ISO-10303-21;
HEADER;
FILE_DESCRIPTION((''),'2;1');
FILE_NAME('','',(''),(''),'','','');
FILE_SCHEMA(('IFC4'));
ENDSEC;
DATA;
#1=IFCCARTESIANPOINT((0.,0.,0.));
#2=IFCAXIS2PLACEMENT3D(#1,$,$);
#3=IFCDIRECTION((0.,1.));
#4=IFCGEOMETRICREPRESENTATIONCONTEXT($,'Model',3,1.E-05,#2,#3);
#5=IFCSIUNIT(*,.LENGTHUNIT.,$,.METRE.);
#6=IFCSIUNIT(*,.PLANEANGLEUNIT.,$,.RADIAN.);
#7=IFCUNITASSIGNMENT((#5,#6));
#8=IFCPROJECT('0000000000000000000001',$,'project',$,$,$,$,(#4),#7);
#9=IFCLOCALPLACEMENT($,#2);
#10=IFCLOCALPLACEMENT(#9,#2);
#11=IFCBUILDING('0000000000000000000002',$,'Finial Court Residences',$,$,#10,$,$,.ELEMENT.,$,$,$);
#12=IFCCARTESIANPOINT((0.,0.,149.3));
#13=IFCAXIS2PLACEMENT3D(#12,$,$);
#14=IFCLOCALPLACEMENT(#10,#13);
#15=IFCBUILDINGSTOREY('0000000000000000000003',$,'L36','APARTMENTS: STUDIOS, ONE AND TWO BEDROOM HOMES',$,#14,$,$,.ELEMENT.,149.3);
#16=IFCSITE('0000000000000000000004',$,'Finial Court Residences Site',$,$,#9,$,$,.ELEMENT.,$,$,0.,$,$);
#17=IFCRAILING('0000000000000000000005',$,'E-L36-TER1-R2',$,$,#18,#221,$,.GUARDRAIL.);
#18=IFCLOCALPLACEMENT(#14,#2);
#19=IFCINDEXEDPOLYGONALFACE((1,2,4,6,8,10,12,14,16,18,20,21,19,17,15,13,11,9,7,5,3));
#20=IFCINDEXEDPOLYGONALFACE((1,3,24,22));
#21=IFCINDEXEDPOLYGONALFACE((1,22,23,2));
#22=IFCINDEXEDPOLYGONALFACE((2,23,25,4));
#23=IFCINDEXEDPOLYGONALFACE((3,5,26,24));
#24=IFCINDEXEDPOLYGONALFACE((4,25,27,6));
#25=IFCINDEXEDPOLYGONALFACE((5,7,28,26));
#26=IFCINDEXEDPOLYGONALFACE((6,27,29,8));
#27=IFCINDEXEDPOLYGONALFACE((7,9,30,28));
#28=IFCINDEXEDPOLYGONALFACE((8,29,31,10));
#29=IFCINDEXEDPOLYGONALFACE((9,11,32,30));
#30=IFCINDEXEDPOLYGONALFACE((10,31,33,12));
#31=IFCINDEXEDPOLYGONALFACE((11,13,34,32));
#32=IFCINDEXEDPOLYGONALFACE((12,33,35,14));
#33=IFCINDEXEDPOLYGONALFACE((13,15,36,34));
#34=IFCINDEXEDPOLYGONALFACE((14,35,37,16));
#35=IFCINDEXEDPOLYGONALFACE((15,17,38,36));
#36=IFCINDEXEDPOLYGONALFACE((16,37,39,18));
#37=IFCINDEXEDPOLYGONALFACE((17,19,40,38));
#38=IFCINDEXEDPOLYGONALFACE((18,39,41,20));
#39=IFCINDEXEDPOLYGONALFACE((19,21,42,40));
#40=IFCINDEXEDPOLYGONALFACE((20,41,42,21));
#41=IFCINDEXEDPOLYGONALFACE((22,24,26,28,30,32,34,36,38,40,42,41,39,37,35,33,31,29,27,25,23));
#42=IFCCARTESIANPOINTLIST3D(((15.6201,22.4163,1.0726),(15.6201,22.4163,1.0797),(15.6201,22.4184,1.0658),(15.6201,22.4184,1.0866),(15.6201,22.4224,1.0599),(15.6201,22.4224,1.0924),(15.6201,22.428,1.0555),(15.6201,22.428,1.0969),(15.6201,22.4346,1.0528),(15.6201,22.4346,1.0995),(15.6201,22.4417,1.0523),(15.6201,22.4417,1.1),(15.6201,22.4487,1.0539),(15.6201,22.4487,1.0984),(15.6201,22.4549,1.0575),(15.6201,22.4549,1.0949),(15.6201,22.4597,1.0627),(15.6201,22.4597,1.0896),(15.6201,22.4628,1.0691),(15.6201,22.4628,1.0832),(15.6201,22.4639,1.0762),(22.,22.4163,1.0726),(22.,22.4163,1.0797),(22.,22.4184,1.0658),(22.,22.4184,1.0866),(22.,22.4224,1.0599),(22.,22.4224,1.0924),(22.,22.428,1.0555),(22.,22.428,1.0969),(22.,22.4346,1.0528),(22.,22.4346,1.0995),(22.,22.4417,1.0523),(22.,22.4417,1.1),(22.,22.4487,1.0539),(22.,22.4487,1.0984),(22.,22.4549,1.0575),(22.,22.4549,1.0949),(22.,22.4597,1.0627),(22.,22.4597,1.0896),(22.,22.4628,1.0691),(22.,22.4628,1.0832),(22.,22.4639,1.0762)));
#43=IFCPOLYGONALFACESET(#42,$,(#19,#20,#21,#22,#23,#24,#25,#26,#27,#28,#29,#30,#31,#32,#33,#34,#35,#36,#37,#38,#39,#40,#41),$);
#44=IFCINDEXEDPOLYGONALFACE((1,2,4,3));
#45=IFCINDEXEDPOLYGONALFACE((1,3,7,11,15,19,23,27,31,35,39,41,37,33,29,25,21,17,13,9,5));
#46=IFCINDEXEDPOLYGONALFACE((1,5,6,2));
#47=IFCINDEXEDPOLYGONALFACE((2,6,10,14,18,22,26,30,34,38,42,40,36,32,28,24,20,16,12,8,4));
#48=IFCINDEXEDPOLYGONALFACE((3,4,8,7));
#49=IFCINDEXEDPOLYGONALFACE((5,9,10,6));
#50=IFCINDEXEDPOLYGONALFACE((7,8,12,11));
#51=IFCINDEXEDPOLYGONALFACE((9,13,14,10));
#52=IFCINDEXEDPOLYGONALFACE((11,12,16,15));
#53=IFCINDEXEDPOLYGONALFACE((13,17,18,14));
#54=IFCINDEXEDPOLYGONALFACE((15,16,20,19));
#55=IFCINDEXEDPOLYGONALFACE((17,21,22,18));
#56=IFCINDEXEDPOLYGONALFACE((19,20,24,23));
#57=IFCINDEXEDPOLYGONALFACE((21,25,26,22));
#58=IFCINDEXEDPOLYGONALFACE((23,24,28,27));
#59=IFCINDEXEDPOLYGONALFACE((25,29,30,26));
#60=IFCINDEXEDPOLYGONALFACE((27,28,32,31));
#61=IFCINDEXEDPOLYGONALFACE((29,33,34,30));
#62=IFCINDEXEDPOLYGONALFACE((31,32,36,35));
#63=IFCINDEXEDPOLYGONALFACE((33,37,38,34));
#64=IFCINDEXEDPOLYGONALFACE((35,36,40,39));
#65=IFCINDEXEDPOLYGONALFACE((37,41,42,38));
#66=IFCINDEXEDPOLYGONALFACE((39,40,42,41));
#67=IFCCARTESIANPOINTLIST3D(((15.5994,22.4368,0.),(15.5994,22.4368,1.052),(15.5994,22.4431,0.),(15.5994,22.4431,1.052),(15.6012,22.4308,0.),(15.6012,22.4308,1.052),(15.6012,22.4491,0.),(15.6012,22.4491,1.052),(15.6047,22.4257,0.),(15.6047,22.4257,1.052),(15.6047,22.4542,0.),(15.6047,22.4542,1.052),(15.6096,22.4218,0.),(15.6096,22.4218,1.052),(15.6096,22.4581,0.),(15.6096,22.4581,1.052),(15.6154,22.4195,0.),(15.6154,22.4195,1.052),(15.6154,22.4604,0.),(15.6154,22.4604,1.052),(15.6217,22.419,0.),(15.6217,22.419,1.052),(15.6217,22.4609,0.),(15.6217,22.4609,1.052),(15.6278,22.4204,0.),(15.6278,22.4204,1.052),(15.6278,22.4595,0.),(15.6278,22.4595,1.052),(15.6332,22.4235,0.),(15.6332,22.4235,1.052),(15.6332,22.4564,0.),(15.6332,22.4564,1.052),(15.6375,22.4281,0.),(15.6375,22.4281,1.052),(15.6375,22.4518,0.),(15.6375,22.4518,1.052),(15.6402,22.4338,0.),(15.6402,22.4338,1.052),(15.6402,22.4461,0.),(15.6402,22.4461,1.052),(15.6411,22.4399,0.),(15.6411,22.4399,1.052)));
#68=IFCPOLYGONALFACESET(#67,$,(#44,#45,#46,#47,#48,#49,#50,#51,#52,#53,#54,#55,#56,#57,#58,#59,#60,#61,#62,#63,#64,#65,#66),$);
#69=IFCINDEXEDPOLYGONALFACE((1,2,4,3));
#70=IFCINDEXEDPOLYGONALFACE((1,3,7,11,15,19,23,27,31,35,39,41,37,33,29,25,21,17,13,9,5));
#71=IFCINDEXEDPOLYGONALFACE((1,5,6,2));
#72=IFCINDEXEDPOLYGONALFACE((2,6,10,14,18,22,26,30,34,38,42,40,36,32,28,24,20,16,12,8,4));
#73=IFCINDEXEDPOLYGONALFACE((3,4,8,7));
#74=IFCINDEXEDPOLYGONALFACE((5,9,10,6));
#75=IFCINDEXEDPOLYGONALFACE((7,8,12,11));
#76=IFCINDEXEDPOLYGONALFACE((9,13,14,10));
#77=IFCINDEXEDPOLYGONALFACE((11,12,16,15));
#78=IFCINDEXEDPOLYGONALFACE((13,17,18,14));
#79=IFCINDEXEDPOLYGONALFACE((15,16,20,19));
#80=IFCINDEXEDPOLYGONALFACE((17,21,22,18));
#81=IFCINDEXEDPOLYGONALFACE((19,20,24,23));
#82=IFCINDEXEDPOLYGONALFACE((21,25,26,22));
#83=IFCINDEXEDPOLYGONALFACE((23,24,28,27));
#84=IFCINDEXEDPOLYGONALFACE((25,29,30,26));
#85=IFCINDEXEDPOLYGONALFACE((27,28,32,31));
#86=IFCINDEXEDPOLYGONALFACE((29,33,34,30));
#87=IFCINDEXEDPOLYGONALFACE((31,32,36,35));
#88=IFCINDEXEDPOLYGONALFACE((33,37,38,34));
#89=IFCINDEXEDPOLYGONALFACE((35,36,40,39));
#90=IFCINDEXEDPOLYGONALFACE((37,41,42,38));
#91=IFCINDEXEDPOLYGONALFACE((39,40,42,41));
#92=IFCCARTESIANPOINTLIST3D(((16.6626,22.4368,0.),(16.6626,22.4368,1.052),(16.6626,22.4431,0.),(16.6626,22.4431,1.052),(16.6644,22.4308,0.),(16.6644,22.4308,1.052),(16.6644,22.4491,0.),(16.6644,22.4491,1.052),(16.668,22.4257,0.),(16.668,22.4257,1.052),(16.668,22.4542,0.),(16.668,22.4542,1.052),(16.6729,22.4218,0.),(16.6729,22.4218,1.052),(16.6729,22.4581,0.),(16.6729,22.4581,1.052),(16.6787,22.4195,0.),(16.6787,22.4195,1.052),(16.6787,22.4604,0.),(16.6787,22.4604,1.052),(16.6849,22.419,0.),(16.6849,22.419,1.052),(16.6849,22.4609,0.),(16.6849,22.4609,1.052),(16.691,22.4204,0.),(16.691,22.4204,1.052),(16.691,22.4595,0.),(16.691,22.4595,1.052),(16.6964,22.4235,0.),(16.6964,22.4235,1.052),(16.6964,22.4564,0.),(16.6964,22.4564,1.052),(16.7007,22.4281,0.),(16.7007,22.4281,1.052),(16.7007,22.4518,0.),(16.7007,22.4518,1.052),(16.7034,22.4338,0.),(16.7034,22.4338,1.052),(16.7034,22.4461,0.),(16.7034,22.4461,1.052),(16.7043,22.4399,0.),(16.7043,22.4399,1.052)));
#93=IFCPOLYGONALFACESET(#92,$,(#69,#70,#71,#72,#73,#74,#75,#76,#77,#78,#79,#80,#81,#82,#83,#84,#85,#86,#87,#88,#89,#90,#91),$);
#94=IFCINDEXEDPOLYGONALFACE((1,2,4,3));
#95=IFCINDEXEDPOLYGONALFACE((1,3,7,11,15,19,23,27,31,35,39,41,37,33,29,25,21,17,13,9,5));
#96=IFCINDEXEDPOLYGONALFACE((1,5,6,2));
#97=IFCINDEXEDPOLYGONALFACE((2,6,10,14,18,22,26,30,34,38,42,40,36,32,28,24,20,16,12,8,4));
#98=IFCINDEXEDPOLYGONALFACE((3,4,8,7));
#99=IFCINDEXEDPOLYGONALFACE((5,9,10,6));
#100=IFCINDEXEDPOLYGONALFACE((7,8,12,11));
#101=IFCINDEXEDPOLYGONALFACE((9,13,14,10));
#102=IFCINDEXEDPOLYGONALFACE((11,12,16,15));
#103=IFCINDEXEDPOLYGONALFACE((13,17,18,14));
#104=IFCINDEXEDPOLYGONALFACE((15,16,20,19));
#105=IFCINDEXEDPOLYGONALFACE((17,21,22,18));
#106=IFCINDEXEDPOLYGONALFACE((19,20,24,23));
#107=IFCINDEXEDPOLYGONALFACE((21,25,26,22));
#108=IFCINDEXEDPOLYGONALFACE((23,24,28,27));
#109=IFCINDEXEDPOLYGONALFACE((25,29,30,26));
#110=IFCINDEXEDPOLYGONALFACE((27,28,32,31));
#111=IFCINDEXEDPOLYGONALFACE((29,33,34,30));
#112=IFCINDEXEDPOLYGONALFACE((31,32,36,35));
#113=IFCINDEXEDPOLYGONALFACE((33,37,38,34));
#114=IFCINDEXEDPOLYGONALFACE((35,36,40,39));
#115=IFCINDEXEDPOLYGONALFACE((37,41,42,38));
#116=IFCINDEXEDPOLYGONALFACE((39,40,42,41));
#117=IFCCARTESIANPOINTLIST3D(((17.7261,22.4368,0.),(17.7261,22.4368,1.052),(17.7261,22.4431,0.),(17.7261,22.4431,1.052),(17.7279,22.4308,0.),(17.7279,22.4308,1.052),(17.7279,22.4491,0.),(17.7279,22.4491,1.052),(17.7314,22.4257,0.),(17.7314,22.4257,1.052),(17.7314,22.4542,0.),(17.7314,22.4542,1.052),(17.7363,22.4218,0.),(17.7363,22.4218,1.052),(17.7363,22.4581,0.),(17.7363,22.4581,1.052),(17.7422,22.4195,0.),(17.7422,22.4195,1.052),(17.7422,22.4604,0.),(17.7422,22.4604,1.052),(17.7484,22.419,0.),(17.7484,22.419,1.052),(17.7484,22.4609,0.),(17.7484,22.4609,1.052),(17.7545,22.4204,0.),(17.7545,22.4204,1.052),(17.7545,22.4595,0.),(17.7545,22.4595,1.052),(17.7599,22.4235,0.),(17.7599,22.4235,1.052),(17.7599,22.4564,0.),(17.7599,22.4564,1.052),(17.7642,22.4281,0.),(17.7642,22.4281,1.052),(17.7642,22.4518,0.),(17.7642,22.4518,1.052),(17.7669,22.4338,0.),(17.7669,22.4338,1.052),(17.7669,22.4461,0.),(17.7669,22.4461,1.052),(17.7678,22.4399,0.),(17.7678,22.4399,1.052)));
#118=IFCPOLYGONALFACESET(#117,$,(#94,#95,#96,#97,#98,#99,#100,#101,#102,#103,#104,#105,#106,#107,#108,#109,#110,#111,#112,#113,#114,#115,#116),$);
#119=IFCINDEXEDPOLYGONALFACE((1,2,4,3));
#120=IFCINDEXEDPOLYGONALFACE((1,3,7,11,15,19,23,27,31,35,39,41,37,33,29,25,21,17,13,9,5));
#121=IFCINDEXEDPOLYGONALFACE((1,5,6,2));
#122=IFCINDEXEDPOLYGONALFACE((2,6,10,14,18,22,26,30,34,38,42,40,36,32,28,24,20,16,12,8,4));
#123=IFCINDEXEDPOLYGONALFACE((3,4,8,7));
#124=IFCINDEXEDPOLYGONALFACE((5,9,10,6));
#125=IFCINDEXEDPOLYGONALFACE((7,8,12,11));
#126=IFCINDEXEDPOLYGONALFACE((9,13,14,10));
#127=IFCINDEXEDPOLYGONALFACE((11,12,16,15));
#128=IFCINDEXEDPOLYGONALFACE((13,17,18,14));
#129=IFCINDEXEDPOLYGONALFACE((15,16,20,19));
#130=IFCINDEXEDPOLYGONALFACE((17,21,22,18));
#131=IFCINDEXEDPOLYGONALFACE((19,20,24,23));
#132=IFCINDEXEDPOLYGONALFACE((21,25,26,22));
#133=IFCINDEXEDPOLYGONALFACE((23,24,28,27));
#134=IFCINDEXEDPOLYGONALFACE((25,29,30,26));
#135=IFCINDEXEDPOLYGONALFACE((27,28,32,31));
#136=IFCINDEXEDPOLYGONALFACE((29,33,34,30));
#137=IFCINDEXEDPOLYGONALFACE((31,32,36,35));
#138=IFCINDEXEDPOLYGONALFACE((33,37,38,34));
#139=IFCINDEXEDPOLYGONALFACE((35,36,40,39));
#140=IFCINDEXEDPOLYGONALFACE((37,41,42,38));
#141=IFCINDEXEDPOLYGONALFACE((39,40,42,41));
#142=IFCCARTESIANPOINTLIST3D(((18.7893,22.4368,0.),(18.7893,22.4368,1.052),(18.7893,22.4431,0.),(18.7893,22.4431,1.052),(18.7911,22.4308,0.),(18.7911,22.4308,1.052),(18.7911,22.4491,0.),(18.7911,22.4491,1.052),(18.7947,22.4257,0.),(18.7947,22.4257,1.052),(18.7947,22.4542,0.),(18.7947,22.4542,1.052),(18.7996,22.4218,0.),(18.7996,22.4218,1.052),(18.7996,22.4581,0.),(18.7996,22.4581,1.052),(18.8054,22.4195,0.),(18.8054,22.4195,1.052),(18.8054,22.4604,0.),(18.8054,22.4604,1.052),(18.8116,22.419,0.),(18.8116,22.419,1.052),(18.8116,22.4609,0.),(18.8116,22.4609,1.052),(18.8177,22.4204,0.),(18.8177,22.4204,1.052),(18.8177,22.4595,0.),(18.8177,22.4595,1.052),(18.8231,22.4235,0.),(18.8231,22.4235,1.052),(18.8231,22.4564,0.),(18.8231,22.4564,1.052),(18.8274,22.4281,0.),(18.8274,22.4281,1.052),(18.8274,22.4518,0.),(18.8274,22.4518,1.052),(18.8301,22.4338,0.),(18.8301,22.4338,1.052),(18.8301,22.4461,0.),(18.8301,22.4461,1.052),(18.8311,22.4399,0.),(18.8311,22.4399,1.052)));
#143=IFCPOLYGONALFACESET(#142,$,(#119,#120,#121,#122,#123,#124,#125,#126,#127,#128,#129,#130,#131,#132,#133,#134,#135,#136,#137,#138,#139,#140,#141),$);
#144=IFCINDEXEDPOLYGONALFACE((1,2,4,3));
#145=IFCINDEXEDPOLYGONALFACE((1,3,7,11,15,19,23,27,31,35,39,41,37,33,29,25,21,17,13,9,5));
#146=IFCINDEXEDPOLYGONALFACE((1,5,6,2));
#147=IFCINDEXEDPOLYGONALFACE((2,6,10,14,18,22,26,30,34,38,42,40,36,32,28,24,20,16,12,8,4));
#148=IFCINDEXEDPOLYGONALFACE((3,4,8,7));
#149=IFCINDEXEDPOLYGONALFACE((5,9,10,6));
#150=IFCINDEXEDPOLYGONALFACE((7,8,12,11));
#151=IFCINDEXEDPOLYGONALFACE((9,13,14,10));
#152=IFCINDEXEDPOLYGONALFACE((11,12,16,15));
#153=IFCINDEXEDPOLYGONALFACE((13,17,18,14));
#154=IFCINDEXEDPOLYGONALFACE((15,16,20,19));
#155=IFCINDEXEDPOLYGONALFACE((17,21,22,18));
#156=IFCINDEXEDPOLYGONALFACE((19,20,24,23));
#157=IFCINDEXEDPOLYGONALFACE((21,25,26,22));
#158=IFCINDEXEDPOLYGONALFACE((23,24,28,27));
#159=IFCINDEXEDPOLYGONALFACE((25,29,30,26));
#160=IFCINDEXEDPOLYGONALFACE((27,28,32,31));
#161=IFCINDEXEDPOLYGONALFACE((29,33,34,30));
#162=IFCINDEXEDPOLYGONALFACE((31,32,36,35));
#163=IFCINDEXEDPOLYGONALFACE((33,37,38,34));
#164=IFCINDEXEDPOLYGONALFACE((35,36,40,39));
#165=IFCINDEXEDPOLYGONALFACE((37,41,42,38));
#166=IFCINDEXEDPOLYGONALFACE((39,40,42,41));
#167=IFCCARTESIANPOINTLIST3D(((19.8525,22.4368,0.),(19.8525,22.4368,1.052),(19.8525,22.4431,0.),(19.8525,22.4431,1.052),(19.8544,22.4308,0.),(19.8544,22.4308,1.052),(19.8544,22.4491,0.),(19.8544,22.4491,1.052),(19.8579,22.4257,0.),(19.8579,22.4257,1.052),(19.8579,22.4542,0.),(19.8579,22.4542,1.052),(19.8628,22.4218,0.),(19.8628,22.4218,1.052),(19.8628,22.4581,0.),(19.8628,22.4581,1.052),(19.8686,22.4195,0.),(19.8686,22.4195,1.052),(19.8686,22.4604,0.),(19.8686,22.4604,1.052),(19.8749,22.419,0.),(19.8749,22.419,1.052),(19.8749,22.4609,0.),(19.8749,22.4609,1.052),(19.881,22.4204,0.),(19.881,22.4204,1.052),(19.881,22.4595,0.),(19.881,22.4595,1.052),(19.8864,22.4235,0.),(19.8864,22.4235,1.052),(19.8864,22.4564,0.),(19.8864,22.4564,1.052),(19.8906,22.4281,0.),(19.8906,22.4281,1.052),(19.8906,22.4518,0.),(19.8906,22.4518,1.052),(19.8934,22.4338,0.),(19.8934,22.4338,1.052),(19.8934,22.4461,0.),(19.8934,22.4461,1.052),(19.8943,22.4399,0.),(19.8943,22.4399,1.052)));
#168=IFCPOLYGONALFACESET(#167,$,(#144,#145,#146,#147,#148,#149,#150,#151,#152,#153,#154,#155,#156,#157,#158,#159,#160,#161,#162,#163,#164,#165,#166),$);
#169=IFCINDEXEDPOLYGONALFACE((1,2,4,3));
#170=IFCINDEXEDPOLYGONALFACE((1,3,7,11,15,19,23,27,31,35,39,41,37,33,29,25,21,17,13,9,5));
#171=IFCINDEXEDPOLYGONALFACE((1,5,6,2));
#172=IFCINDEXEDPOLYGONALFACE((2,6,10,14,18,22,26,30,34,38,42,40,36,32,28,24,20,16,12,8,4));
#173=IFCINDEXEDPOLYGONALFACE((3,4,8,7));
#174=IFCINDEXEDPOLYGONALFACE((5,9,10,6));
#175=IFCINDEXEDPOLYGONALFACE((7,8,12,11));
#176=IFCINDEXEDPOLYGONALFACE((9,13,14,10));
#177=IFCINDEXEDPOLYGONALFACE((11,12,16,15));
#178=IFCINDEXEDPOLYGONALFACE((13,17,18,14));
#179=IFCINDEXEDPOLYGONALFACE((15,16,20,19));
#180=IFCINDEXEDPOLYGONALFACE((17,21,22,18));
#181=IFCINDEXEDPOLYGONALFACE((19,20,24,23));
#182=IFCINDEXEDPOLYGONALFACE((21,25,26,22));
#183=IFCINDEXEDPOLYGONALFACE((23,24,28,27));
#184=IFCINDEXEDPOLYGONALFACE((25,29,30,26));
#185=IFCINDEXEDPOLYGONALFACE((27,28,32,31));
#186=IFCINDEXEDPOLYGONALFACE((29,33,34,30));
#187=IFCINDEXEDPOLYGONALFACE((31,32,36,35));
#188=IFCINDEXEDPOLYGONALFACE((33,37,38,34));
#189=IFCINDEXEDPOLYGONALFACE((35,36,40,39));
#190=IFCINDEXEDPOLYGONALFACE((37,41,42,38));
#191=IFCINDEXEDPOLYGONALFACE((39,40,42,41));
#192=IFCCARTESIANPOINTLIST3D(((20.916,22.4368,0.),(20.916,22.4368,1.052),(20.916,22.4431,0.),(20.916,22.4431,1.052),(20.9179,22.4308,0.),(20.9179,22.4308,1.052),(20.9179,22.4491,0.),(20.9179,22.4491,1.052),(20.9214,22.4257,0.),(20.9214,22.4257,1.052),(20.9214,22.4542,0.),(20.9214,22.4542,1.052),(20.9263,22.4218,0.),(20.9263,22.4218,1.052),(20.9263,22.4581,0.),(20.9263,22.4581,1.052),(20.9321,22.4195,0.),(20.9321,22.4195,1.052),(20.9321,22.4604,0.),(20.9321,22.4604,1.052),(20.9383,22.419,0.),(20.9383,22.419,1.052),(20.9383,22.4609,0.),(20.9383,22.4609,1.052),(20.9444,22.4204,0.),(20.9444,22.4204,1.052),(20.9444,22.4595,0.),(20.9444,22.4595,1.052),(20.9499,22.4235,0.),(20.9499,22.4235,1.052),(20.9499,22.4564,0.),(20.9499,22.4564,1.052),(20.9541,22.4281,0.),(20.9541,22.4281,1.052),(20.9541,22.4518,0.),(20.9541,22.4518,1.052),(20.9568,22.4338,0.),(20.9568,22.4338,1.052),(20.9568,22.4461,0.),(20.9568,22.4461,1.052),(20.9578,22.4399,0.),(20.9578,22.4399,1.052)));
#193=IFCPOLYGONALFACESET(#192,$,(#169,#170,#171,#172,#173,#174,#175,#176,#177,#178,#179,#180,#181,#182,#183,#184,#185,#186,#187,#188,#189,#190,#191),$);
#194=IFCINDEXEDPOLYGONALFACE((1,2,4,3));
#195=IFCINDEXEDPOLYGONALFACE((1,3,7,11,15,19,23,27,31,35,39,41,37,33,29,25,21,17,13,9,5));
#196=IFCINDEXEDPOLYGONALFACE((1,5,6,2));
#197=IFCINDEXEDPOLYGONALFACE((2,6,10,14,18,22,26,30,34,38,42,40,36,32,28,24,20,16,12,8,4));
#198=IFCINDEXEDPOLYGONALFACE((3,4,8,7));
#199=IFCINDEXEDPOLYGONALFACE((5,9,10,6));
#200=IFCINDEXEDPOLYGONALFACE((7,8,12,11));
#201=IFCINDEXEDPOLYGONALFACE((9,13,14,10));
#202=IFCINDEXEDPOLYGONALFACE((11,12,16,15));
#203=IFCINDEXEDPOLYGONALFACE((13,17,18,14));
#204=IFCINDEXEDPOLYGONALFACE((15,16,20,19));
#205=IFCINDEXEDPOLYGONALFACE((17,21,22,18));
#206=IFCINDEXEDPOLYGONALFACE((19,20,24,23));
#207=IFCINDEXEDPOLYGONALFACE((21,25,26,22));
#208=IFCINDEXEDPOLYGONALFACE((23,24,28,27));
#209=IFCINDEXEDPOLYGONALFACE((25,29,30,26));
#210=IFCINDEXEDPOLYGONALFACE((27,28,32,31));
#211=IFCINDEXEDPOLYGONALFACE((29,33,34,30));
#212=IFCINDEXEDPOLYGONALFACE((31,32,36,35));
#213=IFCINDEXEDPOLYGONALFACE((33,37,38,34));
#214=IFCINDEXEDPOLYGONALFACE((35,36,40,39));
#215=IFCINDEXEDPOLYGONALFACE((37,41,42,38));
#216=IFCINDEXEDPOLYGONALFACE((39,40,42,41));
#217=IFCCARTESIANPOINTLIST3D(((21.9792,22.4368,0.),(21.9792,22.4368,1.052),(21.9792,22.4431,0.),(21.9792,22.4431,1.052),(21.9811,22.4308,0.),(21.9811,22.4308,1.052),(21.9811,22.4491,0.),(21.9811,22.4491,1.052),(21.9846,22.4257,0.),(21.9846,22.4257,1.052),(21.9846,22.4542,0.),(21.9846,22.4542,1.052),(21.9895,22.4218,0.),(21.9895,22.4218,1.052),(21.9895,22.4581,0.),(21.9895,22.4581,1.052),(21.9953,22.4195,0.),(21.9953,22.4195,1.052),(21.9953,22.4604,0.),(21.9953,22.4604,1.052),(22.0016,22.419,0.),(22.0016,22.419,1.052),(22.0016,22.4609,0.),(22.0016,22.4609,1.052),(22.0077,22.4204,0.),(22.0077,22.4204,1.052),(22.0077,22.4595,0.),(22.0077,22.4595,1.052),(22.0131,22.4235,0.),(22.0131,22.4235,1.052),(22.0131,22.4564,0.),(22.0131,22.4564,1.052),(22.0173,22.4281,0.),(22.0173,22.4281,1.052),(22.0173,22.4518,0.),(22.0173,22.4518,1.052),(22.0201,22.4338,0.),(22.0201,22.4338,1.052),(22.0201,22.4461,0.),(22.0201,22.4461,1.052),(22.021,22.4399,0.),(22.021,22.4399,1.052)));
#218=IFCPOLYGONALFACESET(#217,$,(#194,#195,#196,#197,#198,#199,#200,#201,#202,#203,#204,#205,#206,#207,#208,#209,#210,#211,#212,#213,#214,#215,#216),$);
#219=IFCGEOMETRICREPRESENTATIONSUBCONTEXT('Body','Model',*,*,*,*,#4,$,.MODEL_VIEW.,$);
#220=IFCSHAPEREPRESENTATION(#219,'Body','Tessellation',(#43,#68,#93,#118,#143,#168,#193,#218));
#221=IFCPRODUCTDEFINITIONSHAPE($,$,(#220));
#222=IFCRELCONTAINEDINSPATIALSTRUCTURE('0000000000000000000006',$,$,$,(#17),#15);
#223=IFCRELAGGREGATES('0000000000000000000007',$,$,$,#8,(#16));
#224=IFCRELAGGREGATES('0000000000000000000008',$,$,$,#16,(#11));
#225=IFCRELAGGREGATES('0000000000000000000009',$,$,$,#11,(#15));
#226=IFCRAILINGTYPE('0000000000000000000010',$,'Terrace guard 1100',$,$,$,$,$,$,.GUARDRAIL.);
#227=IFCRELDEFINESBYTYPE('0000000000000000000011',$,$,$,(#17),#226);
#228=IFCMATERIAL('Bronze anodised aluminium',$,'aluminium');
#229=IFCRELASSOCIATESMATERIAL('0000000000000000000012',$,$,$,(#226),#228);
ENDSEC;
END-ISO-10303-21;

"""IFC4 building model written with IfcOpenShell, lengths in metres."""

from ifc_helpers import new_model, si_unit, direction, frame, origin, origin_2d, place, context, subcontext, project, spatial, circle, extrude, material, type_object, element, save


model = new_model("IFC4")

# Units and contexts
model_context = context("Model", 3, precision=1e-05, world=origin(), true_north=direction((0.0, 1.0)))
body_context = subcontext(model_context, "Body", "Model", "MODEL_VIEW")
ifc_project = project(units=[si_unit("LENGTHUNIT", "METRE"), si_unit("PLANEANGLEUNIT", "RADIAN")], contexts=[model_context])

# Site, building, storey
site_placement = place(None, origin())
site = spatial("IfcSite", under=ifc_project, at=site_placement, Name="Finial Court Residences Site", CompositionType="ELEMENT", RefElevation=0.0)
building_placement = place(site_placement, origin())
building = spatial("IfcBuilding", under=site, at=building_placement, Name="Finial Court Residences", CompositionType="ELEMENT")
storey_placement = place(building_placement, frame((0.0, 0.0, 149.3)))
storey = spatial("IfcBuildingStorey", under=building, at=storey_placement, Name="L36", Description="APARTMENTS: STUDIOS, ONE AND TWO BEDROOM HOMES", CompositionType="ELEMENT", Elevation=149.3)

# Shared definitions
ifc_material_1 = material(Name="Bronze anodised aluminium", Category="aluminium")

# Railing
railing_type = type_object("IfcRailingType", Name="Terrace guard 1100", PredefinedType="GUARDRAIL", material=ifc_material_1)
railing_1_placement = place(storey_placement, frame((15.6201, 22.4399, 0.0)))
element("IfcRailing", 1, at=railing_1_placement, inside=storey, type_object=railing_type, Name="E-L36-TER1-R2", PredefinedType="GUARDRAIL", context=body_context, shape_type="SweptSolid", body=[
    extrude(circle(Radius=0.0239, at=origin_2d()), frame((0.0, 0.0, 1.0762), z_axis=(1.0, 0.0, 0.0), x_axis=(0.0, 1.0, 0.0)), (0.0, 0.0, 1.0), 6.3799),
    extrude(circle(Radius=0.021, at=origin_2d()), origin(), (0.0, 0.0, 1.0), 1.052),
    extrude(circle(Radius=0.021, at=origin_2d()), frame((1.0632, 0.0, 0.0)), (0.0, 0.0, 1.0), 1.052),
    extrude(circle(Radius=0.021, at=origin_2d()), frame((2.1267, 0.0, 0.0)), (0.0, 0.0, 1.0), 1.052),
    extrude(circle(Radius=0.021, at=origin_2d()), frame((3.1899, 0.0, 0.0)), (0.0, 0.0, 1.0), 1.052),
    extrude(circle(Radius=0.021, at=origin_2d()), frame((4.2532, 0.0, 0.0)), (0.0, 0.0, 1.0), 1.052),
    extrude(circle(Radius=0.021, at=origin_2d()), frame((5.3167, 0.0, 0.0)), (0.0, 0.0, 1.0), 1.052),
    extrude(circle(Radius=0.021, at=origin_2d()), frame((6.3799, 0.0, 0.0)), (0.0, 0.0, 1.0), 1.052),
])

save(model, "model.ifc")
